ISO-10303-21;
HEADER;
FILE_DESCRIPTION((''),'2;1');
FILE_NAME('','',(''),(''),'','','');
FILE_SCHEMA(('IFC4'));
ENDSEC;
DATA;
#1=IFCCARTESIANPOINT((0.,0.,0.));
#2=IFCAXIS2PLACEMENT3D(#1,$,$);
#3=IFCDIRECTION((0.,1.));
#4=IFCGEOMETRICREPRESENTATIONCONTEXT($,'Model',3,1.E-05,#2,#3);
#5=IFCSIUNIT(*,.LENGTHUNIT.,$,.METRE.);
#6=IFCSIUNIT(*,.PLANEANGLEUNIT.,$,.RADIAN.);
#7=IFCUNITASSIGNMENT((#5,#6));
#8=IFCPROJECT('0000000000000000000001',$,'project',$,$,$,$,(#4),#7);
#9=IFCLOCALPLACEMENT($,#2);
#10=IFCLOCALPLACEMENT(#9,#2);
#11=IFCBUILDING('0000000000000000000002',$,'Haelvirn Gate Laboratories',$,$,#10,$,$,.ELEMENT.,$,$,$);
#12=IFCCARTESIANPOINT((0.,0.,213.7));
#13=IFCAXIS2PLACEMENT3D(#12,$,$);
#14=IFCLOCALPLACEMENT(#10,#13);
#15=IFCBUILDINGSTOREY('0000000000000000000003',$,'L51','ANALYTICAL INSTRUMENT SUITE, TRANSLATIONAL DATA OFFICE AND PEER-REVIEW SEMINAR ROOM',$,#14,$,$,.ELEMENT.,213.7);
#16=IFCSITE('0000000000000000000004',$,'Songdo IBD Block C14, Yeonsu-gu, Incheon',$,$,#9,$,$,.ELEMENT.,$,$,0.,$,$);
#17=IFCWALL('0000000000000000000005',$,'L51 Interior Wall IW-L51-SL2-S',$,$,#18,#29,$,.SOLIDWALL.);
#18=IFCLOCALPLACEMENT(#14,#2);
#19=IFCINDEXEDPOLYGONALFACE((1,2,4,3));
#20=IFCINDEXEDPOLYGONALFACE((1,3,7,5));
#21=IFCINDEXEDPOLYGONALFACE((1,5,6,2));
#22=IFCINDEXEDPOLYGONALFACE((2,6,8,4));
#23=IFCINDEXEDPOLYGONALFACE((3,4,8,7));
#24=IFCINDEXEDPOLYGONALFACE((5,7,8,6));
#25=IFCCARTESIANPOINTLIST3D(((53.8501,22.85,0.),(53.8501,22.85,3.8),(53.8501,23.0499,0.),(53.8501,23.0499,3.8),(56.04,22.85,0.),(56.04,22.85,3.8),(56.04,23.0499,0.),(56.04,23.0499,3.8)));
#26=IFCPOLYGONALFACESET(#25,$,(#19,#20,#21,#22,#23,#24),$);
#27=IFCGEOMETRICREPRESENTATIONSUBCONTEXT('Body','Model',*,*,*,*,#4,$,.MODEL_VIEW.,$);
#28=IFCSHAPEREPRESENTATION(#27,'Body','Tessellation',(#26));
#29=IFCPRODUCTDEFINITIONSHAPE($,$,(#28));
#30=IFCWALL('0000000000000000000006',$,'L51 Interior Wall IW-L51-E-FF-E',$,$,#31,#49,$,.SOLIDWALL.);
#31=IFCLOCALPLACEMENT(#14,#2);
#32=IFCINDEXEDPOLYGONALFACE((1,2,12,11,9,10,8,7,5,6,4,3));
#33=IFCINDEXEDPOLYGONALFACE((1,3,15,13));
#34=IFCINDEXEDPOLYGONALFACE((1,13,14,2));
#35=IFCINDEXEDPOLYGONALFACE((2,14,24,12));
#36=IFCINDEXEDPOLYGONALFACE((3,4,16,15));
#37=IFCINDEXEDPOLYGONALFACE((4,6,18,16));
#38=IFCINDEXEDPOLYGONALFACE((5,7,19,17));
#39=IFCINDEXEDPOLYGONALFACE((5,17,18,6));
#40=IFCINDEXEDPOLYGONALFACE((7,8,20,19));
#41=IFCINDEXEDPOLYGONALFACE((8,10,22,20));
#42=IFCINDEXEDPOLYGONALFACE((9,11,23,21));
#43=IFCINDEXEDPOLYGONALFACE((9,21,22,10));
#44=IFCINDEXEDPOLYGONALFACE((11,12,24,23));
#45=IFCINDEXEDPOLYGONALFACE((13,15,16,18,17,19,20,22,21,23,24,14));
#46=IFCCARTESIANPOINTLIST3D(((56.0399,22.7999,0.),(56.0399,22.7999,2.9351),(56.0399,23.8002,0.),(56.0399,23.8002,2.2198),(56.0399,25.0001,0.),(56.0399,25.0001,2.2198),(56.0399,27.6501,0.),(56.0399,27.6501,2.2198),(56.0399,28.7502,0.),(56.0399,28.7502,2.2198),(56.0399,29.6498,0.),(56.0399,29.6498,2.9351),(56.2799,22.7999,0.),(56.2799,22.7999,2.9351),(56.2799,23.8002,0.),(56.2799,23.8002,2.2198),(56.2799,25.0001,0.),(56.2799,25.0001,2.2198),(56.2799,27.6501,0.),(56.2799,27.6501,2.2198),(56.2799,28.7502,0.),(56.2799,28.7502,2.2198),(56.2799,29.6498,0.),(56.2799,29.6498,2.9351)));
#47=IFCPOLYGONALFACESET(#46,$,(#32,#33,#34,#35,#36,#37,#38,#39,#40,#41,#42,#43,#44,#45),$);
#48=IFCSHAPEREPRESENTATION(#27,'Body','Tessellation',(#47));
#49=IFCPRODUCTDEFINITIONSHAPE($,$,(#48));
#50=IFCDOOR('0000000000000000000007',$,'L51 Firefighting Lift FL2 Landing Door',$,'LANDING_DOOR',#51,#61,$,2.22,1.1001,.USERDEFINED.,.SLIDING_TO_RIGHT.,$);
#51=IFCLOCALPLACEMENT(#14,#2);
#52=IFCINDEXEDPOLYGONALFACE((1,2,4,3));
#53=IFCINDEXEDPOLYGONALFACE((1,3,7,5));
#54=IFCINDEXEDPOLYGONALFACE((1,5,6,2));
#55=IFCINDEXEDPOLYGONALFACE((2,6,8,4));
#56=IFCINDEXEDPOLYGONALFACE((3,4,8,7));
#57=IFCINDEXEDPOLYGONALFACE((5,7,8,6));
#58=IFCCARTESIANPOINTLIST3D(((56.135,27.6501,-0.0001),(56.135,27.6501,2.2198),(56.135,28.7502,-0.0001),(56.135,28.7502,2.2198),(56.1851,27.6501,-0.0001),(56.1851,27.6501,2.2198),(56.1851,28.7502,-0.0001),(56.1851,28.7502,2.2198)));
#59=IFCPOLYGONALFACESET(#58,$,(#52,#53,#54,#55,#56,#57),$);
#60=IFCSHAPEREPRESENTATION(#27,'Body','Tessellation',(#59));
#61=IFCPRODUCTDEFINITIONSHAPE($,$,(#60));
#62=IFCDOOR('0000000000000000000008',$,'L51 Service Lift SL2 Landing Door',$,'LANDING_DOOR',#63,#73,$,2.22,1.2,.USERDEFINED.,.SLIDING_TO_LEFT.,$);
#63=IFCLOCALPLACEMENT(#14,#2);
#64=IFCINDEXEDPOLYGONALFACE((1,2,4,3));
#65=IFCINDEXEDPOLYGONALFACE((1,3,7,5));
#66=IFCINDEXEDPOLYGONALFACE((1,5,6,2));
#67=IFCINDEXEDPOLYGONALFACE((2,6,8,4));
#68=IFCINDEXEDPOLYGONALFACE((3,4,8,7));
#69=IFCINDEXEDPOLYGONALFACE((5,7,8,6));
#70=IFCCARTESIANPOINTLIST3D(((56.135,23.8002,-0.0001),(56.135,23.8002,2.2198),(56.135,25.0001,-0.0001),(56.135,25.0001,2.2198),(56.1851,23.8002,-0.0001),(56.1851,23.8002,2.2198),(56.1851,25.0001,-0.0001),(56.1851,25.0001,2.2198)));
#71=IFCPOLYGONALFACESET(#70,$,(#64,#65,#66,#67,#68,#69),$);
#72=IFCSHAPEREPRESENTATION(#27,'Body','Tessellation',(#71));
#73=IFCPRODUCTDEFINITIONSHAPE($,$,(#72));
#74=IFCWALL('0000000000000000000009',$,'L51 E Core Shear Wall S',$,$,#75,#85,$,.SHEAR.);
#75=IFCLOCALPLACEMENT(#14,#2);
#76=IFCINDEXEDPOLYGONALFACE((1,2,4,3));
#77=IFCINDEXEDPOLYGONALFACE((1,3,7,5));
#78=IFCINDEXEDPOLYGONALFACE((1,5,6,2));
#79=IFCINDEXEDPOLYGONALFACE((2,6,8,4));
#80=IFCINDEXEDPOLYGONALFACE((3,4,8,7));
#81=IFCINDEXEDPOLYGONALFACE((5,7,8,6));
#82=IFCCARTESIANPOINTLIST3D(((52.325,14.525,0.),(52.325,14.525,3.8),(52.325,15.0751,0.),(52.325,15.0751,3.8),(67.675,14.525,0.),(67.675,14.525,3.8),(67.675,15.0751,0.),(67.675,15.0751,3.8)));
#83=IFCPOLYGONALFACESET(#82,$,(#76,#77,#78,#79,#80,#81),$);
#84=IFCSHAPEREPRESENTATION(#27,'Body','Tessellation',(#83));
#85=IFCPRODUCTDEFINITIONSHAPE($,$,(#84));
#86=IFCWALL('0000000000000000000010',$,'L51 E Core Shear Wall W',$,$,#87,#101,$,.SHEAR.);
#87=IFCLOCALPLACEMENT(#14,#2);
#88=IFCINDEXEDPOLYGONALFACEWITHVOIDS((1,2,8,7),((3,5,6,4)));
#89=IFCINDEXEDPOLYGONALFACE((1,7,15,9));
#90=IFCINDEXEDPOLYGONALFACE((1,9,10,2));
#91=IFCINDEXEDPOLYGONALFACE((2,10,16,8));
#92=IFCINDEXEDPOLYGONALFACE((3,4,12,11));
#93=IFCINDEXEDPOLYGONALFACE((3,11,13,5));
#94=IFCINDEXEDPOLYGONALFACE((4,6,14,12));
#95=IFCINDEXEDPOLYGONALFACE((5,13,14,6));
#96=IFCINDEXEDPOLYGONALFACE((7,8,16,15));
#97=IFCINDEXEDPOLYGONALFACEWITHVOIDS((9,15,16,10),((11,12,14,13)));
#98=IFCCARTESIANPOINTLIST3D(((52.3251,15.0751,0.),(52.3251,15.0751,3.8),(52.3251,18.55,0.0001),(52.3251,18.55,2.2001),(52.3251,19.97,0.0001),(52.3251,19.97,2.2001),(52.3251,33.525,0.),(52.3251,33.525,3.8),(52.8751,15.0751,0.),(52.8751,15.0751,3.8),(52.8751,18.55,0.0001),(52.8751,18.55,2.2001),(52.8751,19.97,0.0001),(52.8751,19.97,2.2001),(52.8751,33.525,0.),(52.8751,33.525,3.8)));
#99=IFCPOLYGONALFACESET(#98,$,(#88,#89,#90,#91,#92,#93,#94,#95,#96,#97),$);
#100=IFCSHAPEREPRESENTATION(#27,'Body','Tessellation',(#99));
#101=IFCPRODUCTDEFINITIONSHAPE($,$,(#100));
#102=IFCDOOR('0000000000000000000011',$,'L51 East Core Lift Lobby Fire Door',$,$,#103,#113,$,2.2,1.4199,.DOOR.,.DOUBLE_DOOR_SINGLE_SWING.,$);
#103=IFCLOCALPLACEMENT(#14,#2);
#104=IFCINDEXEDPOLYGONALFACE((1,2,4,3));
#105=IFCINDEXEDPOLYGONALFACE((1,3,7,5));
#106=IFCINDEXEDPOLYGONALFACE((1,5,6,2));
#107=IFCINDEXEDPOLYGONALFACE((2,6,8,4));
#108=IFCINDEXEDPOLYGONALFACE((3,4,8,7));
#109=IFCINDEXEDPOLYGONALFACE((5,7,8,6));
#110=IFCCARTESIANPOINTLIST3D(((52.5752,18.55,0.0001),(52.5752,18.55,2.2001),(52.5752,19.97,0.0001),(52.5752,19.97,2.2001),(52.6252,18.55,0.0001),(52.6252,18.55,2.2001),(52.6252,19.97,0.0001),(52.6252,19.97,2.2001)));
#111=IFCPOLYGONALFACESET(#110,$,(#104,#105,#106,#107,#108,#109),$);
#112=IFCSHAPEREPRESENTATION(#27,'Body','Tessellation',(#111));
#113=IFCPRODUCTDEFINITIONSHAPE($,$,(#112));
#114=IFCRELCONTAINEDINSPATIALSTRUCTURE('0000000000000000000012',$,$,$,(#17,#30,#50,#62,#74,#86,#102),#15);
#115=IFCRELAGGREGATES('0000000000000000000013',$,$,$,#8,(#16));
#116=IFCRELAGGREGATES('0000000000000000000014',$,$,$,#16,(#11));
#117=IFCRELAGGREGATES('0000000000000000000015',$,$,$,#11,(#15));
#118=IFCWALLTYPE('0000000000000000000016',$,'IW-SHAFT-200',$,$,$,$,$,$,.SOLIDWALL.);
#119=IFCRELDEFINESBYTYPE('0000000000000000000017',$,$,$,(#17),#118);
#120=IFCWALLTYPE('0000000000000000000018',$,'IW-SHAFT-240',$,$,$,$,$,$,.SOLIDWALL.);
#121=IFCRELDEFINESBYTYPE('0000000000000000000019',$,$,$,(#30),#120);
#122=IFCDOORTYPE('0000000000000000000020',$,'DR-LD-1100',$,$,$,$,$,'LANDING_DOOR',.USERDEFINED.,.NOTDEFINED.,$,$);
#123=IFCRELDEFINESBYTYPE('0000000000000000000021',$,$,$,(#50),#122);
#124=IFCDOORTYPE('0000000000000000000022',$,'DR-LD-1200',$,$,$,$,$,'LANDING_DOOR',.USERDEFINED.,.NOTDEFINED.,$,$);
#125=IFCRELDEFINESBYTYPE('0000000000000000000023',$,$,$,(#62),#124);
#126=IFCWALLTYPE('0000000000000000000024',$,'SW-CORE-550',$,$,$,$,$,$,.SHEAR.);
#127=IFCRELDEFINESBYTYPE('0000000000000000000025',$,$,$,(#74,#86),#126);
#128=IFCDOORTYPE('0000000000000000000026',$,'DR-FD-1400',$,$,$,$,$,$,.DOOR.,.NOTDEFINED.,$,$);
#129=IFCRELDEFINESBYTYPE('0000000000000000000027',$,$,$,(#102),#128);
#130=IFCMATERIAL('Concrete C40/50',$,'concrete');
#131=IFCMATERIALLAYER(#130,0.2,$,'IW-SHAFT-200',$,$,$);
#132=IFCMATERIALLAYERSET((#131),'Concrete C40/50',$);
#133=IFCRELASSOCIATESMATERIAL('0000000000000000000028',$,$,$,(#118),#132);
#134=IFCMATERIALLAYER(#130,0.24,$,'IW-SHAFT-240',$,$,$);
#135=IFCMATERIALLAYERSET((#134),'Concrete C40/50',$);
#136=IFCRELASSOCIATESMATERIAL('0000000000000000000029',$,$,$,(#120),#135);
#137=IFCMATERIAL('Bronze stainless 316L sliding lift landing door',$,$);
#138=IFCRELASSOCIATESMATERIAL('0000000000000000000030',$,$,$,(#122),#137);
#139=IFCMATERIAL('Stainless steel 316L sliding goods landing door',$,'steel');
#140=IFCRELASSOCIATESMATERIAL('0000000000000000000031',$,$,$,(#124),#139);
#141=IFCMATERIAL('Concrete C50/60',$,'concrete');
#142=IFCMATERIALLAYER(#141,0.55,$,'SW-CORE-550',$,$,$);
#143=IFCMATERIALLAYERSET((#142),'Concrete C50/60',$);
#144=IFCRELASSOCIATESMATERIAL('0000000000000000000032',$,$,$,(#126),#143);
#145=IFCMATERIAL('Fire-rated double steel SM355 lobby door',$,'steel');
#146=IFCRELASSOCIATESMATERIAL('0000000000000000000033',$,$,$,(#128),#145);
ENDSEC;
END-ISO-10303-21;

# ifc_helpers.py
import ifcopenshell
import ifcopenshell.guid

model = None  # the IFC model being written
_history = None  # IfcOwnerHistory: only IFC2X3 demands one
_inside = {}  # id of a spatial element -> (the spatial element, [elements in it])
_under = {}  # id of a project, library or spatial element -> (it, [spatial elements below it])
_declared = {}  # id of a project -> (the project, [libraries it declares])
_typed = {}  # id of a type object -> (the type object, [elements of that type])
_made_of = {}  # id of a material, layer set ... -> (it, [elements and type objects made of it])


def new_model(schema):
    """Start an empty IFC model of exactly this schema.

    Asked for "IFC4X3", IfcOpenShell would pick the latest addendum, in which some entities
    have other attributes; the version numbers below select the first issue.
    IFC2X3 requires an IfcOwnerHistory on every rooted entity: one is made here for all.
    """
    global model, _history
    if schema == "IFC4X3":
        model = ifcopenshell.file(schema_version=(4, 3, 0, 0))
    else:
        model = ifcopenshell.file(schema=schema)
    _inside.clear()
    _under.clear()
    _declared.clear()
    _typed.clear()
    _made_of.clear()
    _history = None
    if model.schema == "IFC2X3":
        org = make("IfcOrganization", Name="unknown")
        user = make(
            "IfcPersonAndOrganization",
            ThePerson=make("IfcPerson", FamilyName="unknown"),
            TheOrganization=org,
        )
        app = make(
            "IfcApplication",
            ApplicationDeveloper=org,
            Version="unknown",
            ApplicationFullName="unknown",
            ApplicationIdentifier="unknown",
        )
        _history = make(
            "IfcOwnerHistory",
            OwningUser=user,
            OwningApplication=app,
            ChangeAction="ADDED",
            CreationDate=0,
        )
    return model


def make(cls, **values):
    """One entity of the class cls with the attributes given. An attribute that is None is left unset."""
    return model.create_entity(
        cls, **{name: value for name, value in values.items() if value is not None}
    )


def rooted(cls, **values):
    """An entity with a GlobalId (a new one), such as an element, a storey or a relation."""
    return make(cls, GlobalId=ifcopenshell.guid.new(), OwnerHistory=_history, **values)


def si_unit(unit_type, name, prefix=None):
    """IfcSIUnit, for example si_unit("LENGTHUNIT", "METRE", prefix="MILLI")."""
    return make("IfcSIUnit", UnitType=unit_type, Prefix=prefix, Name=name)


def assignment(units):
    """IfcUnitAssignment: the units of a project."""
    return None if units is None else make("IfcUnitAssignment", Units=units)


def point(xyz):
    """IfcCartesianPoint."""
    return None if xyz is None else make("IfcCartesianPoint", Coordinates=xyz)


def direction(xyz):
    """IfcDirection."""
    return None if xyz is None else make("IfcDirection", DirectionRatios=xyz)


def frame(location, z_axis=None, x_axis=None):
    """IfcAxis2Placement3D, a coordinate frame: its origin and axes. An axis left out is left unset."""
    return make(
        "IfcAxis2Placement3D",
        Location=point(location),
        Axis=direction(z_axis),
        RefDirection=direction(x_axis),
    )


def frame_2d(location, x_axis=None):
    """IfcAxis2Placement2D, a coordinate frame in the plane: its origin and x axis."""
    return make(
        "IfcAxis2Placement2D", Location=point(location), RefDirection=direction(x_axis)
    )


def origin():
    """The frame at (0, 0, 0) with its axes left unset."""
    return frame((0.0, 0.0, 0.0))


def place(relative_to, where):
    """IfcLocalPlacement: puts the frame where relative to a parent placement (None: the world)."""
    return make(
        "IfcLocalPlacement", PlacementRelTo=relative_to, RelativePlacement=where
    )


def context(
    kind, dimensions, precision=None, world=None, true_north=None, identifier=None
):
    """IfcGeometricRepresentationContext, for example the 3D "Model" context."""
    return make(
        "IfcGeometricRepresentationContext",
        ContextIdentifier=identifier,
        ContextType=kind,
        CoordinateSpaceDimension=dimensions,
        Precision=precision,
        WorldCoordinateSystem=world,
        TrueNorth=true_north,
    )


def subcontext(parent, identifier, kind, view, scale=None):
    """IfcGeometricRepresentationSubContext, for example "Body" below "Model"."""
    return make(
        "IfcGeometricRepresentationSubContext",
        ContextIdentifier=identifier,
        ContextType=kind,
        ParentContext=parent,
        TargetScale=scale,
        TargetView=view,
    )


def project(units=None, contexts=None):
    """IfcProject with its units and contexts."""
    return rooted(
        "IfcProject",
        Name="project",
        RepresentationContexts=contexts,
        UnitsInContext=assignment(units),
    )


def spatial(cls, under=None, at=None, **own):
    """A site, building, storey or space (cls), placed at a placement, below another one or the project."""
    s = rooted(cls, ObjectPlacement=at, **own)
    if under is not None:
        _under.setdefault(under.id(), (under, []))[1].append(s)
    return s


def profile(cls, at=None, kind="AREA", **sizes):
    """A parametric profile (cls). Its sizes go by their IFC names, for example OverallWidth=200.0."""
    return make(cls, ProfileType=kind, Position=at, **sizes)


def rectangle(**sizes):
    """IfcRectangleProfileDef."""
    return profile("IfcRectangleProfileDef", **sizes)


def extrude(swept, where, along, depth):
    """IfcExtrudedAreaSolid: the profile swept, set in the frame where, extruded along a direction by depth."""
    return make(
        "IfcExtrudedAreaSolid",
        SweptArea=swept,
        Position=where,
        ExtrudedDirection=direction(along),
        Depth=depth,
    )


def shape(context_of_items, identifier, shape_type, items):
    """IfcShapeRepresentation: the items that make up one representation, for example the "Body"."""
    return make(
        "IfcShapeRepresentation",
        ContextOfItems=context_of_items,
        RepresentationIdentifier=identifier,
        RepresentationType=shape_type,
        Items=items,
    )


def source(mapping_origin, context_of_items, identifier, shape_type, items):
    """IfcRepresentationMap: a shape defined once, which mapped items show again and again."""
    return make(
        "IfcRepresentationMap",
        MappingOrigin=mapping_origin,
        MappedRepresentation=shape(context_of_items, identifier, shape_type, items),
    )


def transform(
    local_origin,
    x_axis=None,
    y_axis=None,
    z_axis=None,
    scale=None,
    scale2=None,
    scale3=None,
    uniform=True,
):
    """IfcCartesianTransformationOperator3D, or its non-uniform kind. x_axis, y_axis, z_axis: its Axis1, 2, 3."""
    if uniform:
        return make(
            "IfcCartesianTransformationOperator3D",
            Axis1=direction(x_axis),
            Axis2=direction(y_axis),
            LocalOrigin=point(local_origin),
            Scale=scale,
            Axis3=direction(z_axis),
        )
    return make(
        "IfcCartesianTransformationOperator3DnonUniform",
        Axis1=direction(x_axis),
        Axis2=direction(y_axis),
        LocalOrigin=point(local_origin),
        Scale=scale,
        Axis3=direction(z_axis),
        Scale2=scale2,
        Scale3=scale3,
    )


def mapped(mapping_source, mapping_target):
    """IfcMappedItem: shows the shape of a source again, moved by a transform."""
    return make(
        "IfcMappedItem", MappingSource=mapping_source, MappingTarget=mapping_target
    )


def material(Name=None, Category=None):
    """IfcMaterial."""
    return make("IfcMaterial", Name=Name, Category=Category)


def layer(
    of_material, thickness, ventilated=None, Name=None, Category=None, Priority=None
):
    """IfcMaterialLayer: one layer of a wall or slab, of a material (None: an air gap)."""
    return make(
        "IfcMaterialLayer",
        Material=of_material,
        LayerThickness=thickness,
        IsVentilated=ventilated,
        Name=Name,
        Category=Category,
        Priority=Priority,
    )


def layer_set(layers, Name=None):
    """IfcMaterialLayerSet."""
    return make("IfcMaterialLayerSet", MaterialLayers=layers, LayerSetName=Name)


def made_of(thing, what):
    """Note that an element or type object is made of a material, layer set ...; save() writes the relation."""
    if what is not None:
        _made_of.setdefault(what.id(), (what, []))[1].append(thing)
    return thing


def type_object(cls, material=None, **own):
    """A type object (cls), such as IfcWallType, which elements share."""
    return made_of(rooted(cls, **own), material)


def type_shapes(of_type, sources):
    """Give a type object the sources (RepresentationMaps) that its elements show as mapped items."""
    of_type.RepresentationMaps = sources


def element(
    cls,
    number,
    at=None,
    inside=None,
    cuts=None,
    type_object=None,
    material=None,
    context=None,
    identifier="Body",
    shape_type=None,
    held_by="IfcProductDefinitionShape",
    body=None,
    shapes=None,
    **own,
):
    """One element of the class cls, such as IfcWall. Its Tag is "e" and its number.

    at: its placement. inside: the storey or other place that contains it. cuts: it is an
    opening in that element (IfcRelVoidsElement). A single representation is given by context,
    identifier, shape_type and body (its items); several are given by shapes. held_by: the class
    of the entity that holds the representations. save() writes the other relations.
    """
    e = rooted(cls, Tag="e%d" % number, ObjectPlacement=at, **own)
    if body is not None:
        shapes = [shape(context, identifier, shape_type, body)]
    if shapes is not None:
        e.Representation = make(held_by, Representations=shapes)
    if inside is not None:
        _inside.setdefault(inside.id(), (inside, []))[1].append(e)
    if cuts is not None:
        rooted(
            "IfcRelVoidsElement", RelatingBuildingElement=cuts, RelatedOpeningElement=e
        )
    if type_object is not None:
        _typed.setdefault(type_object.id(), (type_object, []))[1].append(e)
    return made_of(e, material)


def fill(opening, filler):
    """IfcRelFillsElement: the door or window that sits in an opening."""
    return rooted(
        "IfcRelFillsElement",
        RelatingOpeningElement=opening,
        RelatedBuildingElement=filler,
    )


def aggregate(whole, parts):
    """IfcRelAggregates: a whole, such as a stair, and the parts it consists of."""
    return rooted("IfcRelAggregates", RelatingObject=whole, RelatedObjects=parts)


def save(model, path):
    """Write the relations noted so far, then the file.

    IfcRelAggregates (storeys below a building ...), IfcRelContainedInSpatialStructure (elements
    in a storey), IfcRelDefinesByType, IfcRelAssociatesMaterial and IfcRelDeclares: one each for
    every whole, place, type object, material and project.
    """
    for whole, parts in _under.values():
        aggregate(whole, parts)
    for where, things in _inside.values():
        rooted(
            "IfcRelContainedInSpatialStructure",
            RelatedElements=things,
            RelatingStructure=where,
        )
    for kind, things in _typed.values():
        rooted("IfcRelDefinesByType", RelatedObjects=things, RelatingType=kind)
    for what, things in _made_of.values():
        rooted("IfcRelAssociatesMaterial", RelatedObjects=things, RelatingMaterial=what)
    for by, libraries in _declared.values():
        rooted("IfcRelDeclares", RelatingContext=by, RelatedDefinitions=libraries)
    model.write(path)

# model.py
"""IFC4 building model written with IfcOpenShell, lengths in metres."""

from ifc_helpers import new_model, si_unit, direction, frame, frame_2d, origin, place, context, subcontext, project, spatial, rectangle, extrude, source, transform, mapped, material, layer, layer_set, type_object, type_shapes, element, fill, save


model = new_model("IFC4")

# Units and contexts
model_context = context("Model", 3, precision=1e-05, world=origin(), true_north=direction((0.0, 1.0)))
body_context = subcontext(model_context, "Body", "Model", "MODEL_VIEW")
ifc_project = project(units=[si_unit("LENGTHUNIT", "METRE"), si_unit("PLANEANGLEUNIT", "RADIAN")], contexts=[model_context])

# Site, building, storey
site_placement = place(None, origin())
site = spatial("IfcSite", under=ifc_project, at=site_placement, Name="Songdo IBD Block C14, Yeonsu-gu, Incheon", CompositionType="ELEMENT", RefElevation=0.0)
building_placement = place(site_placement, origin())
building = spatial("IfcBuilding", under=site, at=building_placement, Name="Haelvirn Gate Laboratories", CompositionType="ELEMENT")
storey_placement = place(building_placement, frame((0.0, 0.0, 213.7)))
storey = spatial("IfcBuildingStorey", under=building, at=storey_placement, Name="L51", Description="ANALYTICAL INSTRUMENT SUITE, TRANSLATIONAL DATA OFFICE AND PEER-REVIEW SEMINAR ROOM", CompositionType="ELEMENT", Elevation=213.7)

# Wall
ifc_material_1 = material(Name="Concrete C40/50", Category="concrete")
ifc_layer_1 = layer(ifc_material_1, 0.2, Name="IW-SHAFT-200")
ifc_layer_set_1 = layer_set([ifc_layer_1], Name="Concrete C40/50")
wall_type_1 = type_object("IfcWallType", Name="IW-SHAFT-200", PredefinedType="SOLIDWALL", material=ifc_layer_set_1)
wall_1_placement = place(storey_placement, frame((53.8501, 22.95, 0.0), z_axis=(0.0, 0.0, 1.0), x_axis=(1.0, 0.0, 0.0)))
element("IfcWall", 1, at=wall_1_placement, inside=storey, type_object=wall_type_1, Name="L51 Interior Wall IW-L51-SL2-S", PredefinedType="SOLIDWALL", context=body_context, shape_type="SweptSolid", body=[
    extrude(rectangle(XDim=2.1899, YDim=0.2, at=frame_2d((1.095, 0.0))), origin(), (0.0, 0.0, 1.0), 3.8),
])

# Wall, openings, doors
ifc_layer_2 = layer(ifc_material_1, 0.24, Name="IW-SHAFT-240")
ifc_layer_set_2 = layer_set([ifc_layer_2], Name="Concrete C40/50")
wall_type_2 = type_object("IfcWallType", Name="IW-SHAFT-240", PredefinedType="SOLIDWALL", material=ifc_layer_set_2)
wall_2_placement = place(storey_placement, frame((56.1599, 22.8, 0.0), z_axis=(0.0, 0.0, 1.0), x_axis=(0.0, 1.0, 0.0)))
wall_2 = element("IfcWall", 2, at=wall_2_placement, inside=storey, type_object=wall_type_2, Name="L51 Interior Wall IW-L51-E-FF-E", PredefinedType="SOLIDWALL", context=body_context, shape_type="SweptSolid", body=[
    extrude(rectangle(XDim=6.8499, YDim=0.24, at=frame_2d((3.4248, 0.0))), origin(), (0.0, 0.0, 1.0), 2.9351),
])
opening_1_placement = place(wall_2_placement, frame((4.8501, 0.0, 0.0)))
opening_1 = element("IfcOpeningElement", 3, at=opening_1_placement, cuts=wall_2, PredefinedType="OPENING", context=body_context, shape_type="SweptSolid", body=[
    extrude(rectangle(XDim=1.1001, YDim=2.22, at=frame_2d((0.55, 1.1099))), frame((0.0, 0.1299, 0.0), z_axis=(0.0, -1.0, 0.0), x_axis=(1.0, 0.0, 0.0)), (0.0, 0.0, 1.0), 0.26),
])
opening_2_placement = place(wall_2_placement, frame((1.0, 0.0, 0.0)))
opening_2 = element("IfcOpeningElement", 4, at=opening_2_placement, cuts=wall_2, PredefinedType="OPENING", context=body_context, shape_type="SweptSolid", body=[
    extrude(rectangle(XDim=1.2, YDim=2.22, at=frame_2d((0.6001, 1.1099))), frame((0.0, 0.1299, 0.0), z_axis=(0.0, -1.0, 0.0), x_axis=(1.0, 0.0, 0.0)), (0.0, 0.0, 1.0), 0.26),
])
ifc_material_2 = material(Name="Bronze stainless 316L sliding lift landing door")
door_type_1 = type_object("IfcDoorType", Name="DR-LD-1100", ElementType="LANDING_DOOR", OperationType="NOTDEFINED", PredefinedType="USERDEFINED", material=ifc_material_2)
shared_shape_1 = source(origin(), body_context, "Body", "SweptSolid", [
    extrude(rectangle(XDim=1.1001, YDim=2.22, at=frame_2d((0.55, 1.1099))), frame((0.0, 0.0249, 0.0), z_axis=(0.0, -1.0, 0.0), x_axis=(1.0, 0.0, 0.0)), (0.0, 0.0, 1.0), 0.05),
])
type_shapes(door_type_1, [shared_shape_1])
door_1_placement = place(opening_1_placement, origin())
door_1 = element("IfcDoor", 5, at=door_1_placement, inside=storey, type_object=door_type_1, Name="L51 Firefighting Lift FL2 Landing Door", ObjectType="LANDING_DOOR", OperationType="SLIDING_TO_RIGHT", OverallHeight=2.22, OverallWidth=1.1001, PredefinedType="USERDEFINED", context=body_context, shape_type="MappedRepresentation", body=[
    mapped(shared_shape_1, transform((0.0, 0.0, 0.0), scale=1.0)),
])
fill(opening_1, door_1)
ifc_material_3 = material(Name="Stainless steel 316L sliding goods landing door", Category="steel")
door_type_2 = type_object("IfcDoorType", Name="DR-LD-1200", ElementType="LANDING_DOOR", OperationType="NOTDEFINED", PredefinedType="USERDEFINED", material=ifc_material_3)
shared_shape_2 = source(origin(), body_context, "Body", "SweptSolid", [
    extrude(rectangle(XDim=1.2, YDim=2.22, at=frame_2d((0.6001, 1.1099))), frame((0.0, 0.0249, 0.0), z_axis=(0.0, -1.0, 0.0), x_axis=(1.0, 0.0, 0.0)), (0.0, 0.0, 1.0), 0.05),
])
type_shapes(door_type_2, [shared_shape_2])
door_2_placement = place(opening_2_placement, origin())
door_2 = element("IfcDoor", 6, at=door_2_placement, inside=storey, type_object=door_type_2, Name="L51 Service Lift SL2 Landing Door", ObjectType="LANDING_DOOR", OperationType="SLIDING_TO_LEFT", OverallHeight=2.22, OverallWidth=1.2, PredefinedType="USERDEFINED", context=body_context, shape_type="MappedRepresentation", body=[
    mapped(shared_shape_2, transform((0.0, 0.0, 0.0), scale=1.0)),
])
fill(opening_2, door_2)

# Wall
ifc_material_4 = material(Name="Concrete C50/60", Category="concrete")
ifc_layer_3 = layer(ifc_material_4, 0.55, Name="SW-CORE-550")
ifc_layer_set_3 = layer_set([ifc_layer_3], Name="Concrete C50/60")
wall_type_3 = type_object("IfcWallType", Name="SW-CORE-550", PredefinedType="SHEAR", material=ifc_layer_set_3)
wall_3_placement = place(storey_placement, frame((52.325, 14.8, 0.0), z_axis=(0.0, 0.0, 1.0), x_axis=(1.0, 0.0, 0.0)))
element("IfcWall", 7, at=wall_3_placement, inside=storey, type_object=wall_type_3, Name="L51 E Core Shear Wall S", PredefinedType="SHEAR", context=body_context, shape_type="SweptSolid", body=[
    extrude(rectangle(XDim=15.3501, YDim=0.55, at=frame_2d((7.675, 0.0))), origin(), (0.0, 0.0, 1.0), 3.8),
])

# Wall, opening, door
wall_4_placement = place(storey_placement, frame((52.6001, 15.075, 0.0), z_axis=(0.0, 0.0, 1.0), x_axis=(0.0, 1.0, 0.0)))
wall_4 = element("IfcWall", 8, at=wall_4_placement, inside=storey, type_object=wall_type_3, Name="L51 E Core Shear Wall W", PredefinedType="SHEAR", context=body_context, shape_type="SweptSolid", body=[
    extrude(rectangle(XDim=18.45, YDim=0.55, at=frame_2d((9.2251, 0.0))), origin(), (0.0, 0.0, 1.0), 3.8),
])
opening_3_placement = place(wall_4_placement, frame((3.4751, 0.0, 0.0)))
opening_3 = element("IfcOpeningElement", 9, at=opening_3_placement, cuts=wall_4, PredefinedType="OPENING", context=body_context, shape_type="SweptSolid", body=[
    extrude(rectangle(XDim=1.4199, YDim=2.2, at=frame_2d((0.71, 1.1001))), frame((0.0, 0.2852, 0.0), z_axis=(0.0, -1.0, 0.0), x_axis=(1.0, 0.0, 0.0)), (0.0, 0.0, 1.0), 0.5701),
])
ifc_material_5 = material(Name="Fire-rated double steel SM355 lobby door", Category="steel")
door_type_3 = type_object("IfcDoorType", Name="DR-FD-1400", OperationType="NOTDEFINED", PredefinedType="DOOR", material=ifc_material_5)
shared_shape_3 = source(origin(), body_context, "Body", "SweptSolid", [
    extrude(rectangle(XDim=1.4199, YDim=2.2, at=frame_2d((0.71, 1.1001))), frame((0.0, 0.0249, 0.0), z_axis=(0.0, -1.0, 0.0), x_axis=(1.0, 0.0, 0.0)), (0.0, 0.0, 1.0), 0.05),
])
type_shapes(door_type_3, [shared_shape_3])
door_3_placement = place(opening_3_placement, origin())
door_3 = element("IfcDoor", 10, at=door_3_placement, inside=storey, type_object=door_type_3, Name="L51 East Core Lift Lobby Fire Door", OperationType="DOUBLE_DOOR_SINGLE_SWING", OverallHeight=2.2, OverallWidth=1.4199, PredefinedType="DOOR", context=body_context, shape_type="MappedRepresentation", body=[
    mapped(shared_shape_3, transform((0.0, 0.0, 0.0), scale=1.0)),
])
fill(opening_3, door_3)

save(model, "model.ifc")
